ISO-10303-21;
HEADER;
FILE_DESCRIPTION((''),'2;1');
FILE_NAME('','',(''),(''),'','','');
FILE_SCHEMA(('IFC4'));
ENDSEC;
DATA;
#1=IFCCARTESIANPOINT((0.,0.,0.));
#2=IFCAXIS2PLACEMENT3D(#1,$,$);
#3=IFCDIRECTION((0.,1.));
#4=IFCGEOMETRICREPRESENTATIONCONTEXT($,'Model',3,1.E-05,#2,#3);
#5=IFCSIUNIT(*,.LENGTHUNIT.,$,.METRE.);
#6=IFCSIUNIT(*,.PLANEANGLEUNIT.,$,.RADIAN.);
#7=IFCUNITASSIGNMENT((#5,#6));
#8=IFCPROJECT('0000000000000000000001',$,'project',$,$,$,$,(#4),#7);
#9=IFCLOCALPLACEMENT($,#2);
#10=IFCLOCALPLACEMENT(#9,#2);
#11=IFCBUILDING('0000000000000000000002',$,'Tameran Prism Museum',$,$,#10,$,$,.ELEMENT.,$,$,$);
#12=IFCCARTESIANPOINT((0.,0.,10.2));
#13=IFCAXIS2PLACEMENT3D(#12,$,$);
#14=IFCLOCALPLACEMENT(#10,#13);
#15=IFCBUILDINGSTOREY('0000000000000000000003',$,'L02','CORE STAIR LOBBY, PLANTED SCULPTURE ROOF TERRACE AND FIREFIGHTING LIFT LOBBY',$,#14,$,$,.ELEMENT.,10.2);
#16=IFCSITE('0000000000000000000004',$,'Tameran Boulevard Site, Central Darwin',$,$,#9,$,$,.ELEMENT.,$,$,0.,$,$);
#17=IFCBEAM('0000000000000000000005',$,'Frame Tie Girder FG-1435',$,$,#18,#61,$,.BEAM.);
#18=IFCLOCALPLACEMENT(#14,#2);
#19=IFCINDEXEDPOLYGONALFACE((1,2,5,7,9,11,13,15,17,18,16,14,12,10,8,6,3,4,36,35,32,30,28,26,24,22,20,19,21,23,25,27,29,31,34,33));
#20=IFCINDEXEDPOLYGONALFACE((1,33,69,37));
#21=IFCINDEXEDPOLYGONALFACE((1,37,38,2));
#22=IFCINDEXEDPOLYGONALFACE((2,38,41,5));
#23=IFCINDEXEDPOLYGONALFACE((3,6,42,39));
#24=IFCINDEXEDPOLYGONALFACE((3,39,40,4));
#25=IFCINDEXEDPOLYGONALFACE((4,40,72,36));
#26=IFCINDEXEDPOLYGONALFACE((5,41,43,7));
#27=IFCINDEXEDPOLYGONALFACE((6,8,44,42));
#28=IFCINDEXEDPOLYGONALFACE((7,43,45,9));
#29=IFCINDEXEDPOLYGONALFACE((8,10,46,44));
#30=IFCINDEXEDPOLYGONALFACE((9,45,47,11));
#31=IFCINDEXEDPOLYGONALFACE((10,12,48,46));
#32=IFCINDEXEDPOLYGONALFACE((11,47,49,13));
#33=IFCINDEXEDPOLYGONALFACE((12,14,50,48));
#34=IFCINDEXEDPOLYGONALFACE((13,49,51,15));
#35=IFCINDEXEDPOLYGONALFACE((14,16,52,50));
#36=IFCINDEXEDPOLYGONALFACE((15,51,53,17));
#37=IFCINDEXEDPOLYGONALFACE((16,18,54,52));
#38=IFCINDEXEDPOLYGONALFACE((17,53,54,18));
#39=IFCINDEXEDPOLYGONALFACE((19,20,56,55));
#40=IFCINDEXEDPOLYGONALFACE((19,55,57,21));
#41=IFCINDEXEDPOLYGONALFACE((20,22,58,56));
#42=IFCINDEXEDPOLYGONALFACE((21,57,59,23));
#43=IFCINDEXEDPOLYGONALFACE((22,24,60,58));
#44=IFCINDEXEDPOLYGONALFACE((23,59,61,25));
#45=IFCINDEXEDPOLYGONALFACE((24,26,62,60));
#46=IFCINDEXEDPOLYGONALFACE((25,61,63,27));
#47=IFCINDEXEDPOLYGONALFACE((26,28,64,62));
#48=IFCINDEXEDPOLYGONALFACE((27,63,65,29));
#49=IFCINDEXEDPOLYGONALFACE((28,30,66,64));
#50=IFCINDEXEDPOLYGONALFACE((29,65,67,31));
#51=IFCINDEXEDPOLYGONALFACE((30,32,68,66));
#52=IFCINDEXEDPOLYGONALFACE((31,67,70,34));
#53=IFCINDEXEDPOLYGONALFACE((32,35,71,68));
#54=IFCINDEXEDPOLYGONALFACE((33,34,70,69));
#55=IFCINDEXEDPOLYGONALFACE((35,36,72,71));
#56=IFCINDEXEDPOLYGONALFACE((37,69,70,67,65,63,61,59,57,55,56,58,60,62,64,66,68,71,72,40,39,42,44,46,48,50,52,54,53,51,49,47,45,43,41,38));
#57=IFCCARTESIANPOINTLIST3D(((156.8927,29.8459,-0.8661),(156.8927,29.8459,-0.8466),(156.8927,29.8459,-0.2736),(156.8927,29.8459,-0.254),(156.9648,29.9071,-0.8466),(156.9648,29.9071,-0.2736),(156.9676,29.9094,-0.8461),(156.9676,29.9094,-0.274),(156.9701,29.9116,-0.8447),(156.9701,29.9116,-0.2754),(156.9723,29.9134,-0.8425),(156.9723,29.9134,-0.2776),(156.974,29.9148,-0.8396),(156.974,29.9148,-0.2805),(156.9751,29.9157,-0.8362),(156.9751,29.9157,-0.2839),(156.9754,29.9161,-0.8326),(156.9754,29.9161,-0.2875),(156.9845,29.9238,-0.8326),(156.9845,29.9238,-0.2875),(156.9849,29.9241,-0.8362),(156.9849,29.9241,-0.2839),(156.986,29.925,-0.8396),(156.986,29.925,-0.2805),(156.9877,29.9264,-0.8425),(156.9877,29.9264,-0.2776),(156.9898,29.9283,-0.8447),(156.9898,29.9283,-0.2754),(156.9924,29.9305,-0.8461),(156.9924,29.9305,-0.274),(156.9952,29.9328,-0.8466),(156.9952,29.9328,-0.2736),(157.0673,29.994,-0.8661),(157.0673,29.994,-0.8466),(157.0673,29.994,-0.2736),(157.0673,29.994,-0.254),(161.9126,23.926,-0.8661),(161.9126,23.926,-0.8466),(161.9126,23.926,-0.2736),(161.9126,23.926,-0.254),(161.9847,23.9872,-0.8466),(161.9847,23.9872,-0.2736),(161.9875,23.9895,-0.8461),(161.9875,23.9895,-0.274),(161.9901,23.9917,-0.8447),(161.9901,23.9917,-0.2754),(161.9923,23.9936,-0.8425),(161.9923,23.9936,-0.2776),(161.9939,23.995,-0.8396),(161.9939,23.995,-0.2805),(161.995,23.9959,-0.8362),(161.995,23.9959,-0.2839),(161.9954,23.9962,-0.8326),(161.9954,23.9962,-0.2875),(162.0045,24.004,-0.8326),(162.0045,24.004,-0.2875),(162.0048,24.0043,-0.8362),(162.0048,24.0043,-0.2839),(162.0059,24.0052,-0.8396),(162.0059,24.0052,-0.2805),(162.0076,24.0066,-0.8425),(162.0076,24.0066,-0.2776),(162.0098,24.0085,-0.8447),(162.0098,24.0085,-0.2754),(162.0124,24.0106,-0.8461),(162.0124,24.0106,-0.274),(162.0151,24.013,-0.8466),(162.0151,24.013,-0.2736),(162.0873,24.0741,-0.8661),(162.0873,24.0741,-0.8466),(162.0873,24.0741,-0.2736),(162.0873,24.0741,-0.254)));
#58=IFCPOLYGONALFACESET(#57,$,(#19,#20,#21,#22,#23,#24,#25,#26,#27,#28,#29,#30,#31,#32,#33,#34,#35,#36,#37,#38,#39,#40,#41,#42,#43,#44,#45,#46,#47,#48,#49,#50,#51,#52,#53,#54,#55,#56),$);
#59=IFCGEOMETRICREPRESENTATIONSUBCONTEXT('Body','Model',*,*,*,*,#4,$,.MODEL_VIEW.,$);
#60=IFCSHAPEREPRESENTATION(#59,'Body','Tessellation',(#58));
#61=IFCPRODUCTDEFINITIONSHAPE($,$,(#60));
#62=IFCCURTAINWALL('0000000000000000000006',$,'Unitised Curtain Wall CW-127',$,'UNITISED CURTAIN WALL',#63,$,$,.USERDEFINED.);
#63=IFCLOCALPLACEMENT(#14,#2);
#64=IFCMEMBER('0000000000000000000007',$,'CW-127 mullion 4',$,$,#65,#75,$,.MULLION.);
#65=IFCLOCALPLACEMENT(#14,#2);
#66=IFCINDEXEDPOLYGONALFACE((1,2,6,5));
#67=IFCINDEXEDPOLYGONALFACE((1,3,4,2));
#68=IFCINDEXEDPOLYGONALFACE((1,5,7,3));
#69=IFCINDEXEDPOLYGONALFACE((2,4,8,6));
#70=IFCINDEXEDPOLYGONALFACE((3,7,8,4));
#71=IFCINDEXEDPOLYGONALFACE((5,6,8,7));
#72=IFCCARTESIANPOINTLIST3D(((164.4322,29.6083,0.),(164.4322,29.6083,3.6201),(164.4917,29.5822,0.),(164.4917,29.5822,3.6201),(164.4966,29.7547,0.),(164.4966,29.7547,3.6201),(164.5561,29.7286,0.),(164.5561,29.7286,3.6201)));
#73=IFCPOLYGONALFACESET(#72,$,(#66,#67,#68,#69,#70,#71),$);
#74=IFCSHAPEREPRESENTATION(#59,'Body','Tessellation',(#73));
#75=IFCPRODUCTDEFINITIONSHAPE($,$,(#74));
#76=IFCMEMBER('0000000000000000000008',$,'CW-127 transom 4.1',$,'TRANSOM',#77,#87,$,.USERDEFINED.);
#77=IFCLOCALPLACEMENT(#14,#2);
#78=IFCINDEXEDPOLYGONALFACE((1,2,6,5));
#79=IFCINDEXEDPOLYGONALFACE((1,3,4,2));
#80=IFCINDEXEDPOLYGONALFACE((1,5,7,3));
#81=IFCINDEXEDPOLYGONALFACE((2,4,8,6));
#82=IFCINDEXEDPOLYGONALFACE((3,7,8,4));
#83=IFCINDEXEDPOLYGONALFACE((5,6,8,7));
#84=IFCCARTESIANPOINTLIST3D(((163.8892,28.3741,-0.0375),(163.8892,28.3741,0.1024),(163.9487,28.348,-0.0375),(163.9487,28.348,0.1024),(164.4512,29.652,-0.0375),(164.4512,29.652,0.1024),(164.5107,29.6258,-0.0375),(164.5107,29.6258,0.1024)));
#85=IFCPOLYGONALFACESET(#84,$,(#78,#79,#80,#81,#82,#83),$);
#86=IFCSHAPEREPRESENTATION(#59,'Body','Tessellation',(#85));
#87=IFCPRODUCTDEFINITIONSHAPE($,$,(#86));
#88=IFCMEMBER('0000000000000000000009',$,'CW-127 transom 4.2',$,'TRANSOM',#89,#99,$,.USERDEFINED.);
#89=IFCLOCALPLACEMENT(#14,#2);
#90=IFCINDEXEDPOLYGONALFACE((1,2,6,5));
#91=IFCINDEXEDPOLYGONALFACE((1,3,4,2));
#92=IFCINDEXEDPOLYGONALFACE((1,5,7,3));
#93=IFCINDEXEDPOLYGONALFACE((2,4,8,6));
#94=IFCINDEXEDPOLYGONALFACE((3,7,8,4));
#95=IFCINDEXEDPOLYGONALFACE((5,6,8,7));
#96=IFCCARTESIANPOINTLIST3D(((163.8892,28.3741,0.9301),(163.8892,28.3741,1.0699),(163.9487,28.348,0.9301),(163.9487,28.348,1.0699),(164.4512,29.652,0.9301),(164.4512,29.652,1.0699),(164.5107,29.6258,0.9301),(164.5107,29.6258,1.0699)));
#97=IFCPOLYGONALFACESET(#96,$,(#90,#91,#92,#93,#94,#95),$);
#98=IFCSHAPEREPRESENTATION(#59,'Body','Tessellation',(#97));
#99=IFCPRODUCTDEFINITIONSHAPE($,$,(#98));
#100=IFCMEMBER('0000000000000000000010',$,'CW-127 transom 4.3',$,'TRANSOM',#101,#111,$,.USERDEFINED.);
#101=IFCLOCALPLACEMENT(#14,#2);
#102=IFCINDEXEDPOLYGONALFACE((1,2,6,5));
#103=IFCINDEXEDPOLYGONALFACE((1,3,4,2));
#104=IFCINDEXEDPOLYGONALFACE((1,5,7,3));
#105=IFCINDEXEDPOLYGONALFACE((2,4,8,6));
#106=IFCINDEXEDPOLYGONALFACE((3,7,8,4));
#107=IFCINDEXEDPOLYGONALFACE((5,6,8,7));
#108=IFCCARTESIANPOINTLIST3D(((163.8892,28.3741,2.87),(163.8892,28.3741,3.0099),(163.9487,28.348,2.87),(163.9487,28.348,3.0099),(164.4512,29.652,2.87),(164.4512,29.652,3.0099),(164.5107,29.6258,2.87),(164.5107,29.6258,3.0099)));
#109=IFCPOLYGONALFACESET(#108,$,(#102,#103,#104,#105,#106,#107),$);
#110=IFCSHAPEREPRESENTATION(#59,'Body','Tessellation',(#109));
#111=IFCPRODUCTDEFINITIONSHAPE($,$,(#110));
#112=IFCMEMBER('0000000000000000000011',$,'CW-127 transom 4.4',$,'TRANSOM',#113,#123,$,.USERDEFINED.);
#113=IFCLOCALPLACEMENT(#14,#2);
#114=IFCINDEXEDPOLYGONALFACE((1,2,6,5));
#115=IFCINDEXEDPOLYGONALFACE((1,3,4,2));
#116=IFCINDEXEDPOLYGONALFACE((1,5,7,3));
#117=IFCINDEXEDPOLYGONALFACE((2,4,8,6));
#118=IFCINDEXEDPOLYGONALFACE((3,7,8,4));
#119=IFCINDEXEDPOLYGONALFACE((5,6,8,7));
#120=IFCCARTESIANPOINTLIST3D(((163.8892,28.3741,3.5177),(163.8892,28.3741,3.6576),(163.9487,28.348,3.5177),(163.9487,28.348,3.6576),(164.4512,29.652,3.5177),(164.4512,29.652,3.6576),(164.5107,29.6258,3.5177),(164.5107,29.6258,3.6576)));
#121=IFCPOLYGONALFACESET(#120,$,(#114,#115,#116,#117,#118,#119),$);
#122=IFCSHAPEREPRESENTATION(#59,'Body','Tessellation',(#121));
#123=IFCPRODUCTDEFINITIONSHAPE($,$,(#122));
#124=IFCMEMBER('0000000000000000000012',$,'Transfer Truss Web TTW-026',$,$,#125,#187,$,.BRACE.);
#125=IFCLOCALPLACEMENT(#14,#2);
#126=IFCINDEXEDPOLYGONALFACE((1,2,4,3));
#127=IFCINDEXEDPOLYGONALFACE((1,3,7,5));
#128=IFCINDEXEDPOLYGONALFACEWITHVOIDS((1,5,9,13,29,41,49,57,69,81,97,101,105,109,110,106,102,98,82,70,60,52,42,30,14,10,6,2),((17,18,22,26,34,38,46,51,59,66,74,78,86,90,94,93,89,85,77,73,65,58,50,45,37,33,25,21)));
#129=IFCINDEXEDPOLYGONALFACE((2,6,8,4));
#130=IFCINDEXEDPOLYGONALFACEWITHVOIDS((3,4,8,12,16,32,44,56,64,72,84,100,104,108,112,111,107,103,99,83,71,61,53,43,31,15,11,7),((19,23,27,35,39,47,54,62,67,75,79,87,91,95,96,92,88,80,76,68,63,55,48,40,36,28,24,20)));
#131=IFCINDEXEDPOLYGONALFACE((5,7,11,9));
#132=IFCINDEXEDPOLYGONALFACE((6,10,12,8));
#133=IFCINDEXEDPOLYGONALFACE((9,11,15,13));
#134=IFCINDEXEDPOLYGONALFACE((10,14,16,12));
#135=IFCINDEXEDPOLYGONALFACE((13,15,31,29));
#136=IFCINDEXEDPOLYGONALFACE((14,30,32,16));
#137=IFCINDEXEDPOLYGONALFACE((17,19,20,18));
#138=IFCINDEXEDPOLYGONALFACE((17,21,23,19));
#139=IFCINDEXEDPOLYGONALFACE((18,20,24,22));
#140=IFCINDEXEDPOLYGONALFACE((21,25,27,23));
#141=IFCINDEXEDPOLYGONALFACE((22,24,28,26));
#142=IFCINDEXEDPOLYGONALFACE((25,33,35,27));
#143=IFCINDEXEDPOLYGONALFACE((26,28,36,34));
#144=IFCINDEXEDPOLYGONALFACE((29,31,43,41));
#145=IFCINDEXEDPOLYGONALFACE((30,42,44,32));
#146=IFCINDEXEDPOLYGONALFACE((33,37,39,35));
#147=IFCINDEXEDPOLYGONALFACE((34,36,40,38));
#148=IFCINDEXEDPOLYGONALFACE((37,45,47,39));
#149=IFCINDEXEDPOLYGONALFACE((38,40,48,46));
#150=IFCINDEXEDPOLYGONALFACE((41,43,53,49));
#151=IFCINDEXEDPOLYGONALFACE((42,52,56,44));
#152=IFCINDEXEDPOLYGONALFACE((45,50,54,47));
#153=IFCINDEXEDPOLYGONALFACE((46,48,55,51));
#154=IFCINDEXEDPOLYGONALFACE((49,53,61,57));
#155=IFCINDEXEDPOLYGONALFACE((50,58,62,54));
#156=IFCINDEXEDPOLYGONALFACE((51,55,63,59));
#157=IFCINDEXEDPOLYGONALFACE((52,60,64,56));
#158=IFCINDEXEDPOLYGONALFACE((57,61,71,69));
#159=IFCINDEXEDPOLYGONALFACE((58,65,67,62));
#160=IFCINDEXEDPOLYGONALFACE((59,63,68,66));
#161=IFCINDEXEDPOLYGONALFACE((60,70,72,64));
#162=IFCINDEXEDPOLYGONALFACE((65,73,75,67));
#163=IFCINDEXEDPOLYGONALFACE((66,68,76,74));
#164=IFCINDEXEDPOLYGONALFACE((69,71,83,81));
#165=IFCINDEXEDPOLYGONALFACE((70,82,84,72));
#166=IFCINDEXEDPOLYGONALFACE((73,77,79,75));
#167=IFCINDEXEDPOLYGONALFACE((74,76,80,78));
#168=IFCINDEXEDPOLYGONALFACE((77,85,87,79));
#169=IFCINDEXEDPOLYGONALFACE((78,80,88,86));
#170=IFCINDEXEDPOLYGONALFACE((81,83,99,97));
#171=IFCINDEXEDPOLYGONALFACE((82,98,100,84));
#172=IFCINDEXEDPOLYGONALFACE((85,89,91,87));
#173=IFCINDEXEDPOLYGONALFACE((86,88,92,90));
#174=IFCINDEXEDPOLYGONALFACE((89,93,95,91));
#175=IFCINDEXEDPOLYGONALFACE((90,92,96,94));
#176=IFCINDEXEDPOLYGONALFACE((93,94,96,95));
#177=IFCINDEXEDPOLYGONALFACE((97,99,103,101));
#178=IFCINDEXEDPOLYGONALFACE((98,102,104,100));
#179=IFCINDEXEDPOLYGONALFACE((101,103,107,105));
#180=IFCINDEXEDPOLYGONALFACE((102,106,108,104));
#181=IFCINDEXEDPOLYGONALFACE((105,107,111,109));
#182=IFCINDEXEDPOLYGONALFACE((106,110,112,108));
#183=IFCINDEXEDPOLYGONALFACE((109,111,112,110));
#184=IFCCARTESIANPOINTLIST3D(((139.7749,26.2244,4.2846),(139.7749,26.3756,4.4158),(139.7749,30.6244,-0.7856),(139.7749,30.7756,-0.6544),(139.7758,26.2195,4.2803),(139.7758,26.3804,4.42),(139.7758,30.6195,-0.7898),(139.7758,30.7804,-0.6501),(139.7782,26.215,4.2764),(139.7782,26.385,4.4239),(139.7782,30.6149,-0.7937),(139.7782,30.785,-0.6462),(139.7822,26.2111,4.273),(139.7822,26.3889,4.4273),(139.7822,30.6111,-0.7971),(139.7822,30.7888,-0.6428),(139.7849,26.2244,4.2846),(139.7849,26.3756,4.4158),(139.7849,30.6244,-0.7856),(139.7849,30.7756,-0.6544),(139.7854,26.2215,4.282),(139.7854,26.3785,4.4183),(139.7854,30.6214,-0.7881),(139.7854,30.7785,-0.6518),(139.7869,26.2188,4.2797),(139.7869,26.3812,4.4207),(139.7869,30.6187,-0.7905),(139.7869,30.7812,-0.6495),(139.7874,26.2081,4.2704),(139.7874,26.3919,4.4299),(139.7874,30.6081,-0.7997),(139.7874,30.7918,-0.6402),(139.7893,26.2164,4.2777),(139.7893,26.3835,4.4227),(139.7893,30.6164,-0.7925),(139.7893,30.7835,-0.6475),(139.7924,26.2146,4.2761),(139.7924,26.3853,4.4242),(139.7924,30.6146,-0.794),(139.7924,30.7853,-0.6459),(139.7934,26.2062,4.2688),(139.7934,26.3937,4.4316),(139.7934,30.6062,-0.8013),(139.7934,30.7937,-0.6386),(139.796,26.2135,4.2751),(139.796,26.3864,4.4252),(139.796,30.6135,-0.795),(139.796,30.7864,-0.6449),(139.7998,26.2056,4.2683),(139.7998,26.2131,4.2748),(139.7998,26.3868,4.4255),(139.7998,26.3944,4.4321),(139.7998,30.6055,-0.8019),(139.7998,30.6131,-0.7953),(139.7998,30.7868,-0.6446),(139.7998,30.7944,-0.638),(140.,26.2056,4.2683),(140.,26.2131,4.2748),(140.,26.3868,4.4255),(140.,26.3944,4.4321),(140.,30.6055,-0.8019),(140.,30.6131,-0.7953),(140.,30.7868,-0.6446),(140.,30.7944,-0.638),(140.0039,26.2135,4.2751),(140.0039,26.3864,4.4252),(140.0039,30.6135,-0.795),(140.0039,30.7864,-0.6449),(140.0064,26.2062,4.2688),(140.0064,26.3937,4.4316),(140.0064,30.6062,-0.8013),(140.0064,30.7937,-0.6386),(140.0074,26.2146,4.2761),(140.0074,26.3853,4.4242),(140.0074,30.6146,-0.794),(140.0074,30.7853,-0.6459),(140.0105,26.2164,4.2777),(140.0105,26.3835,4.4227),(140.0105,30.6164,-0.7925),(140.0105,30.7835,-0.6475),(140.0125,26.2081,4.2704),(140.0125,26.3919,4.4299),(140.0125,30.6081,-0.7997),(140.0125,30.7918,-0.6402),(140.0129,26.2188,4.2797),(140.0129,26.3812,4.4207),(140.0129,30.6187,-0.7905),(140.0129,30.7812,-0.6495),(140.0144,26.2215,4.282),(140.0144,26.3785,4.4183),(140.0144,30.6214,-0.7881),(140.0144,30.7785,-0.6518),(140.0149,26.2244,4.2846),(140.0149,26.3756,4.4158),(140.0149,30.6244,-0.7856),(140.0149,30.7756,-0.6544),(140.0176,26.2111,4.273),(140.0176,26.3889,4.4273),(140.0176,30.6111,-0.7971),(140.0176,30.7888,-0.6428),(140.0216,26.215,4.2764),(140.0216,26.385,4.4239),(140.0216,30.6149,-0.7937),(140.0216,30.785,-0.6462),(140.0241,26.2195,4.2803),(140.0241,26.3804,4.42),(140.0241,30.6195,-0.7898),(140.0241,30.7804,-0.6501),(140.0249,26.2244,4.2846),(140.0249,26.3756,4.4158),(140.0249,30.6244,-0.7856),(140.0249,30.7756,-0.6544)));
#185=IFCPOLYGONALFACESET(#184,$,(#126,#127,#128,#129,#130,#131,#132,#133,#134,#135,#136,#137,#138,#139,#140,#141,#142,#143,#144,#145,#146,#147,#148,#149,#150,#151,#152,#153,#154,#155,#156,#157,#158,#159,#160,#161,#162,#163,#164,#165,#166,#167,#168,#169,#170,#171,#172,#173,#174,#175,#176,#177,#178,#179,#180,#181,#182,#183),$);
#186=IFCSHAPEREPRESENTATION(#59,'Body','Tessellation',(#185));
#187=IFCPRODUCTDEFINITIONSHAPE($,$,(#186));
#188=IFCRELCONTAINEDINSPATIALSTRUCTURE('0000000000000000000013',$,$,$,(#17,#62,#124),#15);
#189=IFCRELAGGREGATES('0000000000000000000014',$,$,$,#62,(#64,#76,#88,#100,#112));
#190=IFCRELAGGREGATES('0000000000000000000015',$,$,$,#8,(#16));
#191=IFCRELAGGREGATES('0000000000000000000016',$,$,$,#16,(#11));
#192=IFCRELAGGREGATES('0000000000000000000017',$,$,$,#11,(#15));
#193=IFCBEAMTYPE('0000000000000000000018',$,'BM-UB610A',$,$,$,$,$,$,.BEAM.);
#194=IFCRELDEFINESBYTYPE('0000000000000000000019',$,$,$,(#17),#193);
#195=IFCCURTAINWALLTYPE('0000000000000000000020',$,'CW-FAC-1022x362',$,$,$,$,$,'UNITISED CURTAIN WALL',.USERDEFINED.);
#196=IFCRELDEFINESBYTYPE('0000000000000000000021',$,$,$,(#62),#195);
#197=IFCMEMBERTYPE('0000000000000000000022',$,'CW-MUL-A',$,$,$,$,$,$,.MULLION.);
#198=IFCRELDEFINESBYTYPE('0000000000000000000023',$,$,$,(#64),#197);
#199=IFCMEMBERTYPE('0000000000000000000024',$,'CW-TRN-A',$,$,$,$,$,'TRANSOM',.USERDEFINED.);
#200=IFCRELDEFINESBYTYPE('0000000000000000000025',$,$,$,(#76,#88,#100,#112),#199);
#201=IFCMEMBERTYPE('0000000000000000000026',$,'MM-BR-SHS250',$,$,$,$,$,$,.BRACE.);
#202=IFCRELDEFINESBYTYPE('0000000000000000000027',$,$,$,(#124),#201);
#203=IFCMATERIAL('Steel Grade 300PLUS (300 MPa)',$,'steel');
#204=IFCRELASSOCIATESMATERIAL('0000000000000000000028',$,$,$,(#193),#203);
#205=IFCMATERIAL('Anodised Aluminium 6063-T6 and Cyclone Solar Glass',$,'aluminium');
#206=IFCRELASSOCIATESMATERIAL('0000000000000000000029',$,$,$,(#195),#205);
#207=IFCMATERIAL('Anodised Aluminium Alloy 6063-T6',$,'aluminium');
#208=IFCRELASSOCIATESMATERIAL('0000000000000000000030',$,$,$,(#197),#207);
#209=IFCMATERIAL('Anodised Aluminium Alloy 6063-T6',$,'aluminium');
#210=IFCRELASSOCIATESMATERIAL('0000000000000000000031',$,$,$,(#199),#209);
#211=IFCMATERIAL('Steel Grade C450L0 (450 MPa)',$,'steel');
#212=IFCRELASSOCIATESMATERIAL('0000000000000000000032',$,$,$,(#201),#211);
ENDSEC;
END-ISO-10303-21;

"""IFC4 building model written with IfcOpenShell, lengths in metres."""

from ifc_helpers import new_model, si_unit, direction, frame, origin, origin_2d, place, context, subcontext, project, spatial, rectangle, hollow_rectangle, i_section, extrude, material, material_profile, profile_set, type_object, element, aggregate, save


model = new_model("IFC4")

# Units and contexts
model_context = context("Model", 3, precision=1e-05, world=origin(), true_north=direction((0.0, 1.0)))
body_context = subcontext(model_context, "Body", "Model", "MODEL_VIEW")
ifc_project = project(units=[si_unit("LENGTHUNIT", "METRE"), si_unit("PLANEANGLEUNIT", "RADIAN")], contexts=[model_context])

# Site, building, storey
site_placement = place(None, origin())
site = spatial("IfcSite", under=ifc_project, at=site_placement, Name="Tameran Boulevard Site, Central Darwin", CompositionType="ELEMENT", RefElevation=0.0)
building_placement = place(site_placement, origin())
building = spatial("IfcBuilding", under=site, at=building_placement, Name="Tameran Prism Museum", CompositionType="ELEMENT")
storey_placement = place(building_placement, frame((0.0, 0.0, 10.2)))
storey = spatial("IfcBuildingStorey", under=building, at=storey_placement, Name="L02", Description="CORE STAIR LOBBY, PLANTED SCULPTURE ROOF TERRACE AND FIREFIGHTING LIFT LOBBY", CompositionType="ELEMENT", Elevation=10.2)

# Beam
ifc_material_1 = material(Name="Steel Grade 300PLUS (300 MPa)", Category="steel")
ifc_material_profile_1 = material_profile(ifc_material_1, i_section(OverallWidth=0.229, OverallDepth=0.6121, WebThickness=0.012, FlangeThickness=0.0195, FilletRadius=0.0139, at=origin_2d()))
ifc_profile_set_1 = profile_set([ifc_material_profile_1])
beam_type_1 = type_object("IfcBeamType", Name="BM-UB610A", PredefinedType="BEAM", material=ifc_profile_set_1)
beam_1_placement = place(storey_placement, frame((156.98, 29.9199, -0.5601), z_axis=(0.646757, -0.762696, 0.0), x_axis=(0.762696, 0.646757, 0.0)))
element("IfcBeam", 1, at=beam_1_placement, inside=storey, type_object=beam_type_1, Name="Frame Tie Girder FG-1435", PredefinedType="BEAM", context=body_context, shape_type="SweptSolid", body=[
    extrude(i_section(OverallWidth=0.229, OverallDepth=0.6121, WebThickness=0.012, FlangeThickness=0.0195, FilletRadius=0.0139, at=origin_2d()), origin(), (0.0, 0.0, 1.0), 7.7617),
])

# Curtain wall, members
ifc_material_2 = material(Name="Anodised Aluminium 6063-T6 and Cyclone Solar Glass", Category="aluminium")
curtain_wall_type = type_object("IfcCurtainWallType", Name="CW-FAC-1022x362", ElementType="UNITISED CURTAIN WALL", PredefinedType="USERDEFINED", material=ifc_material_2)
curtain_wall_placement = place(storey_placement, origin())
curtain_wall = element("IfcCurtainWall", 2, at=curtain_wall_placement, inside=storey, type_object=curtain_wall_type, Name="Unitised Curtain Wall CW-127", ObjectType="UNITISED CURTAIN WALL", PredefinedType="USERDEFINED")
ifc_material_3 = material(Name="Anodised Aluminium Alloy 6063-T6", Category="aluminium")
ifc_material_profile_2 = material_profile(ifc_material_3, rectangle(XDim=0.0649, YDim=0.1599, at=origin_2d()))
ifc_profile_set_2 = profile_set([ifc_material_profile_2])
member_type_1 = type_object("IfcMemberType", Name="CW-MUL-A", PredefinedType="MULLION", material=ifc_profile_set_2)
member_1_placement = place(storey_placement, frame((164.4941, 29.6685, 0.0), z_axis=(0.0, 0.0, 1.0), x_axis=(0.915329, -0.402706, 0.0)))
member_1 = element("IfcMember", 3, at=member_1_placement, type_object=member_type_1, Name="CW-127 mullion 4", PredefinedType="MULLION", context=body_context, shape_type="SweptSolid", body=[
    extrude(rectangle(XDim=0.0649, YDim=0.1599, at=origin_2d()), origin(), (0.0, 0.0, 1.0), 3.6201),
])
ifc_material_4 = material(Name="Anodised Aluminium Alloy 6063-T6", Category="aluminium")
ifc_material_profile_3 = material_profile(ifc_material_4, rectangle(XDim=0.0649, YDim=0.1399, at=origin_2d()))
ifc_profile_set_3 = profile_set([ifc_material_profile_3])
member_type_2 = type_object("IfcMemberType", Name="CW-TRN-A", ElementType="TRANSOM", PredefinedType="USERDEFINED", material=ifc_profile_set_3)
member_2_placement = place(storey_placement, frame((164.481, 29.6389, 0.0325), z_axis=(-0.402598, -0.915377, 0.0), x_axis=(0.915377, -0.402598, 0.0)))
member_2 = element("IfcMember", 4, at=member_2_placement, type_object=member_type_2, Name="CW-127 transom 4.1", ObjectType="TRANSOM", PredefinedType="USERDEFINED", context=body_context, shape_type="SweptSolid", body=[
    extrude(rectangle(XDim=0.0649, YDim=0.1399, at=origin_2d()), origin(), (0.0, 0.0, 1.0), 1.396),
])
member_3_placement = place(storey_placement, frame((164.481, 29.6389, 1.0), z_axis=(-0.402598, -0.915377, 0.0), x_axis=(0.915377, -0.402598, 0.0)))
member_3 = element("IfcMember", 5, at=member_3_placement, type_object=member_type_2, Name="CW-127 transom 4.2", ObjectType="TRANSOM", PredefinedType="USERDEFINED", context=body_context, shape_type="SweptSolid", body=[
    extrude(rectangle(XDim=0.0649, YDim=0.1399, at=origin_2d()), origin(), (0.0, 0.0, 1.0), 1.396),
])
member_4_placement = place(storey_placement, frame((164.481, 29.6389, 2.9399), z_axis=(-0.402598, -0.915377, 0.0), x_axis=(0.915377, -0.402598, 0.0)))
member_4 = element("IfcMember", 6, at=member_4_placement, type_object=member_type_2, Name="CW-127 transom 4.3", ObjectType="TRANSOM", PredefinedType="USERDEFINED", context=body_context, shape_type="SweptSolid", body=[
    extrude(rectangle(XDim=0.0649, YDim=0.1399, at=origin_2d()), origin(), (0.0, 0.0, 1.0), 1.396),
])
member_5_placement = place(storey_placement, frame((164.481, 29.6389, 3.5876), z_axis=(-0.402598, -0.915377, 0.0), x_axis=(0.915377, -0.402598, 0.0)))
member_5 = element("IfcMember", 7, at=member_5_placement, type_object=member_type_2, Name="CW-127 transom 4.4", ObjectType="TRANSOM", PredefinedType="USERDEFINED", context=body_context, shape_type="SweptSolid", body=[
    extrude(rectangle(XDim=0.0649, YDim=0.1399, at=origin_2d()), origin(), (0.0, 0.0, 1.0), 1.396),
])

# Member
ifc_material_5 = material(Name="Steel Grade C450L0 (450 MPa)", Category="steel")
ifc_material_profile_4 = material_profile(ifc_material_5, hollow_rectangle(XDim=0.25, YDim=0.25, WallThickness=0.01, InnerFilletRadius=0.0149, OuterFilletRadius=0.0249, at=origin_2d()))
ifc_profile_set_4 = profile_set([ifc_material_profile_4])
member_type_3 = type_object("IfcMemberType", Name="MM-BR-SHS250", PredefinedType="BRACE", material=ifc_profile_set_4)
member_6_placement = place(storey_placement, frame((139.8999, 30.7, -0.72), z_axis=(0.0, -0.655427, 0.755258), x_axis=(1.0, 0.0, 0.0)))
element("IfcMember", 8, at=member_6_placement, inside=storey, type_object=member_type_3, Name="Transfer Truss Web TTW-026", PredefinedType="BRACE", context=body_context, shape_type="SweptSolid", body=[
    extrude(hollow_rectangle(XDim=0.25, YDim=0.25, WallThickness=0.01, InnerFilletRadius=0.0149, OuterFilletRadius=0.0249, at=origin_2d()), origin(), (0.0, 0.0, 1.0), 6.7131),
])

aggregate(curtain_wall, [member_1, member_2, member_3, member_4, member_5])

save(model, "model.ifc")
